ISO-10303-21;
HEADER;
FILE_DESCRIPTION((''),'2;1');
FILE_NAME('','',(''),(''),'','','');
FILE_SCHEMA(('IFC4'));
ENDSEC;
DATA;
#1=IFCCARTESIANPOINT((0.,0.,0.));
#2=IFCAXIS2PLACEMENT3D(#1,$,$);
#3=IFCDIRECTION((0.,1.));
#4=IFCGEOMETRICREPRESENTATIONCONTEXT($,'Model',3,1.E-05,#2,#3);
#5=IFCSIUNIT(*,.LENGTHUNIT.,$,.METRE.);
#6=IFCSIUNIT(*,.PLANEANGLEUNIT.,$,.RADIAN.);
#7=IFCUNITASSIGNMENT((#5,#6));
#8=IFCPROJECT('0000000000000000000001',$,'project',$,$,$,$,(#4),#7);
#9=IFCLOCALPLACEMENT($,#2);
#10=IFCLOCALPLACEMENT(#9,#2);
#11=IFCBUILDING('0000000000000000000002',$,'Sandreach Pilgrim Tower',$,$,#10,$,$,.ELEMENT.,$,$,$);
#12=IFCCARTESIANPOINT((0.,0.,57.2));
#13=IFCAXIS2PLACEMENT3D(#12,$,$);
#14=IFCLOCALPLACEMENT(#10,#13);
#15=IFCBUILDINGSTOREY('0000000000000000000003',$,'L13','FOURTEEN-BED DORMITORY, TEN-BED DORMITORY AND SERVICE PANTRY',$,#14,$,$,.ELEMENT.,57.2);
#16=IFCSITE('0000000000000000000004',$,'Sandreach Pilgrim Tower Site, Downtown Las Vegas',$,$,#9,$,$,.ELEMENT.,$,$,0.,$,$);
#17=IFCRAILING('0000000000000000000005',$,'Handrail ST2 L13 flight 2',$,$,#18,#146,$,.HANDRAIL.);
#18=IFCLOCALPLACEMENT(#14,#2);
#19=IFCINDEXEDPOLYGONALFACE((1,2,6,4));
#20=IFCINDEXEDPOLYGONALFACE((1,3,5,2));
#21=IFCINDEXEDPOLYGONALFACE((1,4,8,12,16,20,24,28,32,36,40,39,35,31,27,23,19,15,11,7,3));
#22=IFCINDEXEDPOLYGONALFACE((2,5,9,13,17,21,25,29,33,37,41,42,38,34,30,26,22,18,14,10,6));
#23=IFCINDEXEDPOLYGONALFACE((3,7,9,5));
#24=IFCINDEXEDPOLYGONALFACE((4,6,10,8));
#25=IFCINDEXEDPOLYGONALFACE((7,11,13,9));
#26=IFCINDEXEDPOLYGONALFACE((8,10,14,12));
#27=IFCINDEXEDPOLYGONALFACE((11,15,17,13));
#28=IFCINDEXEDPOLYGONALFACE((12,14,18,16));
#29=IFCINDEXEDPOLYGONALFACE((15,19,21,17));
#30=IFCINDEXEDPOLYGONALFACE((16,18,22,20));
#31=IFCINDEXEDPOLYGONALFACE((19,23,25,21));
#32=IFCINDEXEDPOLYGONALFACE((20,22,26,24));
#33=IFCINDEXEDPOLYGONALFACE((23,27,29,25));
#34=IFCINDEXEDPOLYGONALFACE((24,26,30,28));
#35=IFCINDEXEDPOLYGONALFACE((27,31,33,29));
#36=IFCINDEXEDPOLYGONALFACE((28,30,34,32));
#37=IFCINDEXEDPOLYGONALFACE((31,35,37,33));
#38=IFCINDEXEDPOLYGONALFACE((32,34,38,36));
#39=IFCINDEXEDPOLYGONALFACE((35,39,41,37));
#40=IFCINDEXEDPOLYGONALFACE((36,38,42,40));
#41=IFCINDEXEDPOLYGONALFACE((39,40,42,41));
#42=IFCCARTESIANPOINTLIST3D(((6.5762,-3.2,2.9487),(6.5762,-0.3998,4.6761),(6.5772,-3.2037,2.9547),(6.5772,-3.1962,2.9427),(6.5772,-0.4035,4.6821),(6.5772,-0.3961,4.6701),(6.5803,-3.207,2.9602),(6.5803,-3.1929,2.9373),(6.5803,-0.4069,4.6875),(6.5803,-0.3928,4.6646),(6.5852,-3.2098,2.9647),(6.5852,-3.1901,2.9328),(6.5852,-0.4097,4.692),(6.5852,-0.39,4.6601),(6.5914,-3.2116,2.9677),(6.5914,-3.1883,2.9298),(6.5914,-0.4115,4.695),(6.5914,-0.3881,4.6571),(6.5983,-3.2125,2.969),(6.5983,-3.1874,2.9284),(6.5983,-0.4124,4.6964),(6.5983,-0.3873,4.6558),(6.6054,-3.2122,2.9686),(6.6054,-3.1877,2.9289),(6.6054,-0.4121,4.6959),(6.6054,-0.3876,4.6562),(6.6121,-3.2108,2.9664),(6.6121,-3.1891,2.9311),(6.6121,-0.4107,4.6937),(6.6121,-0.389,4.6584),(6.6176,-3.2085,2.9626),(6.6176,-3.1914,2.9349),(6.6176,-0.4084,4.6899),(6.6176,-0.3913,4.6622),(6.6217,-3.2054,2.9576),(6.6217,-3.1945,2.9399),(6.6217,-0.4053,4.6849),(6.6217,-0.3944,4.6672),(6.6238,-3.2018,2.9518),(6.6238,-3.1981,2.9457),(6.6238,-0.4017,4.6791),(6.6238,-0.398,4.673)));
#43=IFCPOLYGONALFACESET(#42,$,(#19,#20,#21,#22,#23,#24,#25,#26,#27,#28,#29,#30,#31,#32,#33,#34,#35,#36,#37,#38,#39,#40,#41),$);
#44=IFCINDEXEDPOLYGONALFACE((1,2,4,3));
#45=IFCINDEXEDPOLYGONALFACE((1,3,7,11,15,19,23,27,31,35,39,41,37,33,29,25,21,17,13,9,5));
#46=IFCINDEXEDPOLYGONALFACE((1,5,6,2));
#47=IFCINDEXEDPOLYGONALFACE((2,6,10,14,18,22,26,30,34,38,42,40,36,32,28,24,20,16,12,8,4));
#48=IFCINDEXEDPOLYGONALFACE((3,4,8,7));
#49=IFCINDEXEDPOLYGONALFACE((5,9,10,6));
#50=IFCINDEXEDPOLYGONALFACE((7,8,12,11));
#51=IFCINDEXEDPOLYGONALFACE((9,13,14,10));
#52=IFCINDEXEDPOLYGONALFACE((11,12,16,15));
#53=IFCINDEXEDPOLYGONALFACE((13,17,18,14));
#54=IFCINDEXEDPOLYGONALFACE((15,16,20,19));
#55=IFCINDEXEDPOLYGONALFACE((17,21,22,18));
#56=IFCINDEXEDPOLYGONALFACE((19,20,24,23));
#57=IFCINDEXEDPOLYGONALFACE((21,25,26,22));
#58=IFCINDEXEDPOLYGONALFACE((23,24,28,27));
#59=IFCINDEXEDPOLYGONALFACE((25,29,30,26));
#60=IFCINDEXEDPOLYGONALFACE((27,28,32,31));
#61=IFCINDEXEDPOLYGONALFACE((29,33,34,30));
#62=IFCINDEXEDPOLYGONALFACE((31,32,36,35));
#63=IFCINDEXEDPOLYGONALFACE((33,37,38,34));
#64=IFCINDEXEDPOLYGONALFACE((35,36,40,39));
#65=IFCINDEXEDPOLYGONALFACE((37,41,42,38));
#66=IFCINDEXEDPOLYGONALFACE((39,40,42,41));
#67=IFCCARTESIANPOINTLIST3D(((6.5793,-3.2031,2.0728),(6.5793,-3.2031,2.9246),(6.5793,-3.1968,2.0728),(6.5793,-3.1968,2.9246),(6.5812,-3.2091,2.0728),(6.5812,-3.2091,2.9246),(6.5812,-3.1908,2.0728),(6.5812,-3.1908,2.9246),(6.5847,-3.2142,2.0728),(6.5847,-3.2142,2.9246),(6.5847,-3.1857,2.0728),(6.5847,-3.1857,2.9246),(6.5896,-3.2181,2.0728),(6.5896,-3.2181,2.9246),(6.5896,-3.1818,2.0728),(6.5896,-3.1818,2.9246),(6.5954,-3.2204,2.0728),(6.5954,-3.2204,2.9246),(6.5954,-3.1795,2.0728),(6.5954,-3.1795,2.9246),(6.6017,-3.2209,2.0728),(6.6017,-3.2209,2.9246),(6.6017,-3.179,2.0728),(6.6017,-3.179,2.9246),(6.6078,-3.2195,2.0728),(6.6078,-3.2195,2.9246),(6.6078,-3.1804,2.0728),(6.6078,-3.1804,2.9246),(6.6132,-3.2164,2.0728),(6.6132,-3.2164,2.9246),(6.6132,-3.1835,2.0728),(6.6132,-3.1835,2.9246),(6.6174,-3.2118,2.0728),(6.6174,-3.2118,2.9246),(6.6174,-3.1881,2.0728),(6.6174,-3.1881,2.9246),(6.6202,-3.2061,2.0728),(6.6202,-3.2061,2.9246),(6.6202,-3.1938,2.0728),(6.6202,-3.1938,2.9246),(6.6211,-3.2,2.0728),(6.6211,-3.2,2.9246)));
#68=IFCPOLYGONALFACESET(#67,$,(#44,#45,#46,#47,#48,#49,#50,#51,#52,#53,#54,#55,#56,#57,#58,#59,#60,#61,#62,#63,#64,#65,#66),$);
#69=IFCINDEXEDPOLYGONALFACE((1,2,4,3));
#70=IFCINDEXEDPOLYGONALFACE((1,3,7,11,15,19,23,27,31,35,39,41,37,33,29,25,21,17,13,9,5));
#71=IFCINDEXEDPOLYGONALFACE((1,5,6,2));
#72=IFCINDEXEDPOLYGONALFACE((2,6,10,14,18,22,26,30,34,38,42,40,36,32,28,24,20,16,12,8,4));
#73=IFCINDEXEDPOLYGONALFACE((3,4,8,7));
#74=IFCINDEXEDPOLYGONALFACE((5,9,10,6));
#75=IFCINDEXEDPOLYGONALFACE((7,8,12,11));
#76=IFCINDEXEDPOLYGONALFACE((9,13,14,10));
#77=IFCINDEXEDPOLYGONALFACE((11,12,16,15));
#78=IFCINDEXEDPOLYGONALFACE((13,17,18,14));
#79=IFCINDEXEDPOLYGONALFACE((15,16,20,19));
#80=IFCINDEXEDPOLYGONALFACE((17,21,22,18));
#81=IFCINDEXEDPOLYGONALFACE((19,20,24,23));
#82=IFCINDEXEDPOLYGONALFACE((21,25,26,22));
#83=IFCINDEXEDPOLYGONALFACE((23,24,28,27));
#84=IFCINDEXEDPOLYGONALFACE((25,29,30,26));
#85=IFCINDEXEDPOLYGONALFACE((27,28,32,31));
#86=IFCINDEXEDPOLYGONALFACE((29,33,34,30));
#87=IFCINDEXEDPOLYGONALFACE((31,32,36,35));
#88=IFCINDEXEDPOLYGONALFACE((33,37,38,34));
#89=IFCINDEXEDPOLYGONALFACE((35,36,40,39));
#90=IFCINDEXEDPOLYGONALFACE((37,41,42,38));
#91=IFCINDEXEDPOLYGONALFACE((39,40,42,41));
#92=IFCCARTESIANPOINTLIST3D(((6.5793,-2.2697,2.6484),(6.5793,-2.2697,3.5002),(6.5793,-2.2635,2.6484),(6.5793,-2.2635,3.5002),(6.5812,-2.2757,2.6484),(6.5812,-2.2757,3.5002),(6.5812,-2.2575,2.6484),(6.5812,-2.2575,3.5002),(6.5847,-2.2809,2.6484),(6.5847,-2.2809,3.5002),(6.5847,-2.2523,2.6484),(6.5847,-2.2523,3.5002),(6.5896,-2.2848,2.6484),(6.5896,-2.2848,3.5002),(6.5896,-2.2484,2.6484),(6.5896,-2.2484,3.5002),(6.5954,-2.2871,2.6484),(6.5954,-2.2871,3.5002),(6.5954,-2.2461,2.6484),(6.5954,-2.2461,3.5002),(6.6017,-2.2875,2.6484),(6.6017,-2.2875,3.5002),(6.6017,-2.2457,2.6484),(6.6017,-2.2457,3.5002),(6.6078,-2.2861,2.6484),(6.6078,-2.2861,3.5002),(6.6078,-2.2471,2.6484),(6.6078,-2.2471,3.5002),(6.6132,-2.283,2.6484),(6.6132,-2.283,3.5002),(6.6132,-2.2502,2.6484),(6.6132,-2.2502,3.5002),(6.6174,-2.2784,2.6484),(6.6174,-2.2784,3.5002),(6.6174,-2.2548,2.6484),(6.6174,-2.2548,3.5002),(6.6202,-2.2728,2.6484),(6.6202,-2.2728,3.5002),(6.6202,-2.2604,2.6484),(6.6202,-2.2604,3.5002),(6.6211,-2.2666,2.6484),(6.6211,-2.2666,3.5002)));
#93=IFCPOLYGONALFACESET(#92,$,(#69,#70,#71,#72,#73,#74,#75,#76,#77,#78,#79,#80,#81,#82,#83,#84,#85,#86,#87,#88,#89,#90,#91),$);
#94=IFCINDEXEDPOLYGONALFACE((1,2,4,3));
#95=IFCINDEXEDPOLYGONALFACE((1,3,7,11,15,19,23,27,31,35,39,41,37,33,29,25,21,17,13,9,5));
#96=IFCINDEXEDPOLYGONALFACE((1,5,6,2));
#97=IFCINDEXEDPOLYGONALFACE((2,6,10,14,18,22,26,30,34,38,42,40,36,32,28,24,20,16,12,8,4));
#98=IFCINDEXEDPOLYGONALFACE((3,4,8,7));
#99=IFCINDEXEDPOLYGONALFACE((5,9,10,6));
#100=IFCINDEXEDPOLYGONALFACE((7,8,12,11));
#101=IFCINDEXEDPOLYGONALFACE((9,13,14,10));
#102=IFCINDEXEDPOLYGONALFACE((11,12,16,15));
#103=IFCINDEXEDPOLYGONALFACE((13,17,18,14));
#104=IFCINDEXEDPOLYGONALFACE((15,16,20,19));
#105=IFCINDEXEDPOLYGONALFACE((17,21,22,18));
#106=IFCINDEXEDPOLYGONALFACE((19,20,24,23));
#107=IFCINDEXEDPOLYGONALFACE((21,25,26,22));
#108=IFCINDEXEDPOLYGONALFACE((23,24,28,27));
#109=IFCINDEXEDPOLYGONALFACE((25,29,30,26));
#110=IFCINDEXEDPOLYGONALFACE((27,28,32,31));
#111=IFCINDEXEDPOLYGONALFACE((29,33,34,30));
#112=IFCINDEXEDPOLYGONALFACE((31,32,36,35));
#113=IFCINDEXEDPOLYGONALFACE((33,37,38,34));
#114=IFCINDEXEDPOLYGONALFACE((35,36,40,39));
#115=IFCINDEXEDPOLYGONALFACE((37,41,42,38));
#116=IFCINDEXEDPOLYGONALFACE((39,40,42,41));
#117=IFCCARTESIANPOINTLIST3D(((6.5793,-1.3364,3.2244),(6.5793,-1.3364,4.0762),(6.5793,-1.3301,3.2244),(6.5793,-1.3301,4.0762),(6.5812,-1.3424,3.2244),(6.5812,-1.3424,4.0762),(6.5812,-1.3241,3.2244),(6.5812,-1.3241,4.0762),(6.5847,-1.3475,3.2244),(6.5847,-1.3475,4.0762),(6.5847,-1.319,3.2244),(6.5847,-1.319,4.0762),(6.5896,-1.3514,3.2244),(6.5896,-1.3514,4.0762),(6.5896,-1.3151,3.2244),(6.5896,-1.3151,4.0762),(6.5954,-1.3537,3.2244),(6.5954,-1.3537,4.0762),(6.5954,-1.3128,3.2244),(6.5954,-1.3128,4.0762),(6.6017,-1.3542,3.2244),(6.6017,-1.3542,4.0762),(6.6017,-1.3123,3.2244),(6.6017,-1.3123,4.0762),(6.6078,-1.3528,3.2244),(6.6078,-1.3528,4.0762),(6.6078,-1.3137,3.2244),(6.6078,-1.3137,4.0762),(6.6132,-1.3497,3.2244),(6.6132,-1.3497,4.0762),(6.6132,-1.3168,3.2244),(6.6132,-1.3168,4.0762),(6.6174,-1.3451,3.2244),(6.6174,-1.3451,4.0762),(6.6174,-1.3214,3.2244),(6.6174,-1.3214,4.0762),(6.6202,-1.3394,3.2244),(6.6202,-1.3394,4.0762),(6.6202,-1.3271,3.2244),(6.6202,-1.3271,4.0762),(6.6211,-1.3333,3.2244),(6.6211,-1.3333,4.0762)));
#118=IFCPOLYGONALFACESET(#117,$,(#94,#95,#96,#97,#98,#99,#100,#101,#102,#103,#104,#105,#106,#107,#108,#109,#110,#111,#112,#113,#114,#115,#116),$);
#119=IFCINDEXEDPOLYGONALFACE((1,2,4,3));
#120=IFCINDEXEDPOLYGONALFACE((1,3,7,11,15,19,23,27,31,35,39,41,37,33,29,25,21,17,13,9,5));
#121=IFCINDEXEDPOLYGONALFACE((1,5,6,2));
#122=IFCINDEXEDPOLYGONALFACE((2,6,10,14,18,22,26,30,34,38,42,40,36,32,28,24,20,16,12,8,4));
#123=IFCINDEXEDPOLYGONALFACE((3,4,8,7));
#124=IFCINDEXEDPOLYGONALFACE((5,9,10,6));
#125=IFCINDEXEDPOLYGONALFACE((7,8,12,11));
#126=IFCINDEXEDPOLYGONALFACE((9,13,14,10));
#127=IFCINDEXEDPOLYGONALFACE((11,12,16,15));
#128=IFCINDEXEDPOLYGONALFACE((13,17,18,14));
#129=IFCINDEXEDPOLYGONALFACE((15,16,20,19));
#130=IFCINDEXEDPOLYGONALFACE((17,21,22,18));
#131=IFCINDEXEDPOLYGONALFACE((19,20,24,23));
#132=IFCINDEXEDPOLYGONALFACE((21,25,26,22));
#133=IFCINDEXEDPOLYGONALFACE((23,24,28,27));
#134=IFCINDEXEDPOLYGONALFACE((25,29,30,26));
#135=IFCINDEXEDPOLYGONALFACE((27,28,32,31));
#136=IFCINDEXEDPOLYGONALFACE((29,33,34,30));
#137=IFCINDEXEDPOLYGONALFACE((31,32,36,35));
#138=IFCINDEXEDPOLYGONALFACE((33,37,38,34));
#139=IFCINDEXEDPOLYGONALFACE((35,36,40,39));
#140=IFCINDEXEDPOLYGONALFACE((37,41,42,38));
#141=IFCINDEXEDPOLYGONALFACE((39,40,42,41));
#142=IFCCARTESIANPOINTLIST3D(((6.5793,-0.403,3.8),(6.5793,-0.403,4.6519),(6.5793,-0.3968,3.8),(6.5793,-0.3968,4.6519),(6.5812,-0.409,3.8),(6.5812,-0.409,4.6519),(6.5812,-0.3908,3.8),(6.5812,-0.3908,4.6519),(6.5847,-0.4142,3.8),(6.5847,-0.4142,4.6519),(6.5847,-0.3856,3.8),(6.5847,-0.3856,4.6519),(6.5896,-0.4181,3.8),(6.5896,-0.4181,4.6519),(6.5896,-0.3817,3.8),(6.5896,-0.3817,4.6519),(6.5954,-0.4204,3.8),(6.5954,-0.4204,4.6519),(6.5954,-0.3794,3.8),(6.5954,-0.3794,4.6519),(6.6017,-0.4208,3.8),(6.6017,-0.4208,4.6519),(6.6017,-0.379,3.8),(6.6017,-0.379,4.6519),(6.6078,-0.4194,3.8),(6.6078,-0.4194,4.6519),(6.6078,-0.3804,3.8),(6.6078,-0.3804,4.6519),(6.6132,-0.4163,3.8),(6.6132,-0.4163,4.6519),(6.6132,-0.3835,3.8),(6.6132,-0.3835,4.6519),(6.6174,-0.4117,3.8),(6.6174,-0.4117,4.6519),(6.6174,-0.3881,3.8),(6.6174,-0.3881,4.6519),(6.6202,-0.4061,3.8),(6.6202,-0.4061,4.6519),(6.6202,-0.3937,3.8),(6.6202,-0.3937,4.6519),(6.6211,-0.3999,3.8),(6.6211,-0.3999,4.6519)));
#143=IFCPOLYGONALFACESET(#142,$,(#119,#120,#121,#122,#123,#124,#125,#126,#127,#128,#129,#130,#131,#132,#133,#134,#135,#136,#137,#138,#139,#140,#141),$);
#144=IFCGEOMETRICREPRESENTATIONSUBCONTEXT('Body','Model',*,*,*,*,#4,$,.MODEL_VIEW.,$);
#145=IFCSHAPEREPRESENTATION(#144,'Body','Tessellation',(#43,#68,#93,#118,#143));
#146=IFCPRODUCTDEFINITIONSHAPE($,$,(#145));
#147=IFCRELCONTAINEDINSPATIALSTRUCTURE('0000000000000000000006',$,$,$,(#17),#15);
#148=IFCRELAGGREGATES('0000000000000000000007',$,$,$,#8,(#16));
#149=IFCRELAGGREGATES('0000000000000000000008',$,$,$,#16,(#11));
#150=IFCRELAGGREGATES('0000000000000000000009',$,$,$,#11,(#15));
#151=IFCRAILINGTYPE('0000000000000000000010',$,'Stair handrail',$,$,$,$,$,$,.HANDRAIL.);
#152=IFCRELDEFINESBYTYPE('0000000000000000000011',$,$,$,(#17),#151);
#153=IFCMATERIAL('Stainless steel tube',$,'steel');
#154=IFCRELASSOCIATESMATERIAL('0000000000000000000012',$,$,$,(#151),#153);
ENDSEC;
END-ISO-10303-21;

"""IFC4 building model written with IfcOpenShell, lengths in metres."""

from ifc_helpers import new_model, si_unit, direction, frame, origin, origin_2d, place, context, subcontext, project, spatial, circle, extrude, material, type_object, element, save


model = new_model("IFC4")

# Units and contexts
model_context = context("Model", 3, precision=1e-05, world=origin(), true_north=direction((0.0, 1.0)))
body_context = subcontext(model_context, "Body", "Model", "MODEL_VIEW")
ifc_project = project(units=[si_unit("LENGTHUNIT", "METRE"), si_unit("PLANEANGLEUNIT", "RADIAN")], contexts=[model_context])

# Site, building, storey
site_placement = place(None, origin())
site = spatial("IfcSite", under=ifc_project, at=site_placement, Name="Sandreach Pilgrim Tower Site, Downtown Las Vegas", CompositionType="ELEMENT", RefElevation=0.0)
building_placement = place(site_placement, origin())
building = spatial("IfcBuilding", under=site, at=building_placement, Name="Sandreach Pilgrim Tower", CompositionType="ELEMENT")
storey_placement = place(building_placement, frame((0.0, 0.0, 57.2)))
storey = spatial("IfcBuildingStorey", under=building, at=storey_placement, Name="L13", Description="FOURTEEN-BED DORMITORY, TEN-BED DORMITORY AND SERVICE PANTRY", CompositionType="ELEMENT", Elevation=57.2)

# Railing
ifc_material_1 = material(Name="Stainless steel tube", Category="steel")
railing_type = type_object("IfcRailingType", Name="Stair handrail", PredefinedType="HANDRAIL", material=ifc_material_1)
for number, where, name in (
    (1, (6.6001, -3.2, 2.0728), "Handrail ST2 L13 flight 2"),
):
    element("IfcRailing", number, at=place(storey_placement, frame(where)), inside=storey, type_object=railing_type, Name=name, PredefinedType="HANDRAIL", context=body_context, shape_type="SweptSolid", body=[
        extrude(circle(Radius=0.0239, at=origin_2d()), frame((0.0, 0.0, 0.876), z_axis=(0.0, 0.85109, 0.52502), x_axis=(-1.0, 0.0, 0.0)), (0.0, 0.0, 1.0), 3.29),
        extrude(circle(Radius=0.021, at=origin_2d()), origin(), (0.0, 0.0, 1.0), 0.8518),
        extrude(circle(Radius=0.021, at=origin_2d()), frame((0.0, 0.9333, 0.5757)), (0.0, 0.0, 1.0), 0.8518),
        extrude(circle(Radius=0.021, at=origin_2d()), frame((0.0, 1.8667, 1.1516)), (0.0, 0.0, 1.0), 0.8518),
        extrude(circle(Radius=0.021, at=origin_2d()), frame((0.0, 2.8, 1.7273)), (0.0, 0.0, 1.0), 0.8518),
    ])

save(model, "model.ifc")
